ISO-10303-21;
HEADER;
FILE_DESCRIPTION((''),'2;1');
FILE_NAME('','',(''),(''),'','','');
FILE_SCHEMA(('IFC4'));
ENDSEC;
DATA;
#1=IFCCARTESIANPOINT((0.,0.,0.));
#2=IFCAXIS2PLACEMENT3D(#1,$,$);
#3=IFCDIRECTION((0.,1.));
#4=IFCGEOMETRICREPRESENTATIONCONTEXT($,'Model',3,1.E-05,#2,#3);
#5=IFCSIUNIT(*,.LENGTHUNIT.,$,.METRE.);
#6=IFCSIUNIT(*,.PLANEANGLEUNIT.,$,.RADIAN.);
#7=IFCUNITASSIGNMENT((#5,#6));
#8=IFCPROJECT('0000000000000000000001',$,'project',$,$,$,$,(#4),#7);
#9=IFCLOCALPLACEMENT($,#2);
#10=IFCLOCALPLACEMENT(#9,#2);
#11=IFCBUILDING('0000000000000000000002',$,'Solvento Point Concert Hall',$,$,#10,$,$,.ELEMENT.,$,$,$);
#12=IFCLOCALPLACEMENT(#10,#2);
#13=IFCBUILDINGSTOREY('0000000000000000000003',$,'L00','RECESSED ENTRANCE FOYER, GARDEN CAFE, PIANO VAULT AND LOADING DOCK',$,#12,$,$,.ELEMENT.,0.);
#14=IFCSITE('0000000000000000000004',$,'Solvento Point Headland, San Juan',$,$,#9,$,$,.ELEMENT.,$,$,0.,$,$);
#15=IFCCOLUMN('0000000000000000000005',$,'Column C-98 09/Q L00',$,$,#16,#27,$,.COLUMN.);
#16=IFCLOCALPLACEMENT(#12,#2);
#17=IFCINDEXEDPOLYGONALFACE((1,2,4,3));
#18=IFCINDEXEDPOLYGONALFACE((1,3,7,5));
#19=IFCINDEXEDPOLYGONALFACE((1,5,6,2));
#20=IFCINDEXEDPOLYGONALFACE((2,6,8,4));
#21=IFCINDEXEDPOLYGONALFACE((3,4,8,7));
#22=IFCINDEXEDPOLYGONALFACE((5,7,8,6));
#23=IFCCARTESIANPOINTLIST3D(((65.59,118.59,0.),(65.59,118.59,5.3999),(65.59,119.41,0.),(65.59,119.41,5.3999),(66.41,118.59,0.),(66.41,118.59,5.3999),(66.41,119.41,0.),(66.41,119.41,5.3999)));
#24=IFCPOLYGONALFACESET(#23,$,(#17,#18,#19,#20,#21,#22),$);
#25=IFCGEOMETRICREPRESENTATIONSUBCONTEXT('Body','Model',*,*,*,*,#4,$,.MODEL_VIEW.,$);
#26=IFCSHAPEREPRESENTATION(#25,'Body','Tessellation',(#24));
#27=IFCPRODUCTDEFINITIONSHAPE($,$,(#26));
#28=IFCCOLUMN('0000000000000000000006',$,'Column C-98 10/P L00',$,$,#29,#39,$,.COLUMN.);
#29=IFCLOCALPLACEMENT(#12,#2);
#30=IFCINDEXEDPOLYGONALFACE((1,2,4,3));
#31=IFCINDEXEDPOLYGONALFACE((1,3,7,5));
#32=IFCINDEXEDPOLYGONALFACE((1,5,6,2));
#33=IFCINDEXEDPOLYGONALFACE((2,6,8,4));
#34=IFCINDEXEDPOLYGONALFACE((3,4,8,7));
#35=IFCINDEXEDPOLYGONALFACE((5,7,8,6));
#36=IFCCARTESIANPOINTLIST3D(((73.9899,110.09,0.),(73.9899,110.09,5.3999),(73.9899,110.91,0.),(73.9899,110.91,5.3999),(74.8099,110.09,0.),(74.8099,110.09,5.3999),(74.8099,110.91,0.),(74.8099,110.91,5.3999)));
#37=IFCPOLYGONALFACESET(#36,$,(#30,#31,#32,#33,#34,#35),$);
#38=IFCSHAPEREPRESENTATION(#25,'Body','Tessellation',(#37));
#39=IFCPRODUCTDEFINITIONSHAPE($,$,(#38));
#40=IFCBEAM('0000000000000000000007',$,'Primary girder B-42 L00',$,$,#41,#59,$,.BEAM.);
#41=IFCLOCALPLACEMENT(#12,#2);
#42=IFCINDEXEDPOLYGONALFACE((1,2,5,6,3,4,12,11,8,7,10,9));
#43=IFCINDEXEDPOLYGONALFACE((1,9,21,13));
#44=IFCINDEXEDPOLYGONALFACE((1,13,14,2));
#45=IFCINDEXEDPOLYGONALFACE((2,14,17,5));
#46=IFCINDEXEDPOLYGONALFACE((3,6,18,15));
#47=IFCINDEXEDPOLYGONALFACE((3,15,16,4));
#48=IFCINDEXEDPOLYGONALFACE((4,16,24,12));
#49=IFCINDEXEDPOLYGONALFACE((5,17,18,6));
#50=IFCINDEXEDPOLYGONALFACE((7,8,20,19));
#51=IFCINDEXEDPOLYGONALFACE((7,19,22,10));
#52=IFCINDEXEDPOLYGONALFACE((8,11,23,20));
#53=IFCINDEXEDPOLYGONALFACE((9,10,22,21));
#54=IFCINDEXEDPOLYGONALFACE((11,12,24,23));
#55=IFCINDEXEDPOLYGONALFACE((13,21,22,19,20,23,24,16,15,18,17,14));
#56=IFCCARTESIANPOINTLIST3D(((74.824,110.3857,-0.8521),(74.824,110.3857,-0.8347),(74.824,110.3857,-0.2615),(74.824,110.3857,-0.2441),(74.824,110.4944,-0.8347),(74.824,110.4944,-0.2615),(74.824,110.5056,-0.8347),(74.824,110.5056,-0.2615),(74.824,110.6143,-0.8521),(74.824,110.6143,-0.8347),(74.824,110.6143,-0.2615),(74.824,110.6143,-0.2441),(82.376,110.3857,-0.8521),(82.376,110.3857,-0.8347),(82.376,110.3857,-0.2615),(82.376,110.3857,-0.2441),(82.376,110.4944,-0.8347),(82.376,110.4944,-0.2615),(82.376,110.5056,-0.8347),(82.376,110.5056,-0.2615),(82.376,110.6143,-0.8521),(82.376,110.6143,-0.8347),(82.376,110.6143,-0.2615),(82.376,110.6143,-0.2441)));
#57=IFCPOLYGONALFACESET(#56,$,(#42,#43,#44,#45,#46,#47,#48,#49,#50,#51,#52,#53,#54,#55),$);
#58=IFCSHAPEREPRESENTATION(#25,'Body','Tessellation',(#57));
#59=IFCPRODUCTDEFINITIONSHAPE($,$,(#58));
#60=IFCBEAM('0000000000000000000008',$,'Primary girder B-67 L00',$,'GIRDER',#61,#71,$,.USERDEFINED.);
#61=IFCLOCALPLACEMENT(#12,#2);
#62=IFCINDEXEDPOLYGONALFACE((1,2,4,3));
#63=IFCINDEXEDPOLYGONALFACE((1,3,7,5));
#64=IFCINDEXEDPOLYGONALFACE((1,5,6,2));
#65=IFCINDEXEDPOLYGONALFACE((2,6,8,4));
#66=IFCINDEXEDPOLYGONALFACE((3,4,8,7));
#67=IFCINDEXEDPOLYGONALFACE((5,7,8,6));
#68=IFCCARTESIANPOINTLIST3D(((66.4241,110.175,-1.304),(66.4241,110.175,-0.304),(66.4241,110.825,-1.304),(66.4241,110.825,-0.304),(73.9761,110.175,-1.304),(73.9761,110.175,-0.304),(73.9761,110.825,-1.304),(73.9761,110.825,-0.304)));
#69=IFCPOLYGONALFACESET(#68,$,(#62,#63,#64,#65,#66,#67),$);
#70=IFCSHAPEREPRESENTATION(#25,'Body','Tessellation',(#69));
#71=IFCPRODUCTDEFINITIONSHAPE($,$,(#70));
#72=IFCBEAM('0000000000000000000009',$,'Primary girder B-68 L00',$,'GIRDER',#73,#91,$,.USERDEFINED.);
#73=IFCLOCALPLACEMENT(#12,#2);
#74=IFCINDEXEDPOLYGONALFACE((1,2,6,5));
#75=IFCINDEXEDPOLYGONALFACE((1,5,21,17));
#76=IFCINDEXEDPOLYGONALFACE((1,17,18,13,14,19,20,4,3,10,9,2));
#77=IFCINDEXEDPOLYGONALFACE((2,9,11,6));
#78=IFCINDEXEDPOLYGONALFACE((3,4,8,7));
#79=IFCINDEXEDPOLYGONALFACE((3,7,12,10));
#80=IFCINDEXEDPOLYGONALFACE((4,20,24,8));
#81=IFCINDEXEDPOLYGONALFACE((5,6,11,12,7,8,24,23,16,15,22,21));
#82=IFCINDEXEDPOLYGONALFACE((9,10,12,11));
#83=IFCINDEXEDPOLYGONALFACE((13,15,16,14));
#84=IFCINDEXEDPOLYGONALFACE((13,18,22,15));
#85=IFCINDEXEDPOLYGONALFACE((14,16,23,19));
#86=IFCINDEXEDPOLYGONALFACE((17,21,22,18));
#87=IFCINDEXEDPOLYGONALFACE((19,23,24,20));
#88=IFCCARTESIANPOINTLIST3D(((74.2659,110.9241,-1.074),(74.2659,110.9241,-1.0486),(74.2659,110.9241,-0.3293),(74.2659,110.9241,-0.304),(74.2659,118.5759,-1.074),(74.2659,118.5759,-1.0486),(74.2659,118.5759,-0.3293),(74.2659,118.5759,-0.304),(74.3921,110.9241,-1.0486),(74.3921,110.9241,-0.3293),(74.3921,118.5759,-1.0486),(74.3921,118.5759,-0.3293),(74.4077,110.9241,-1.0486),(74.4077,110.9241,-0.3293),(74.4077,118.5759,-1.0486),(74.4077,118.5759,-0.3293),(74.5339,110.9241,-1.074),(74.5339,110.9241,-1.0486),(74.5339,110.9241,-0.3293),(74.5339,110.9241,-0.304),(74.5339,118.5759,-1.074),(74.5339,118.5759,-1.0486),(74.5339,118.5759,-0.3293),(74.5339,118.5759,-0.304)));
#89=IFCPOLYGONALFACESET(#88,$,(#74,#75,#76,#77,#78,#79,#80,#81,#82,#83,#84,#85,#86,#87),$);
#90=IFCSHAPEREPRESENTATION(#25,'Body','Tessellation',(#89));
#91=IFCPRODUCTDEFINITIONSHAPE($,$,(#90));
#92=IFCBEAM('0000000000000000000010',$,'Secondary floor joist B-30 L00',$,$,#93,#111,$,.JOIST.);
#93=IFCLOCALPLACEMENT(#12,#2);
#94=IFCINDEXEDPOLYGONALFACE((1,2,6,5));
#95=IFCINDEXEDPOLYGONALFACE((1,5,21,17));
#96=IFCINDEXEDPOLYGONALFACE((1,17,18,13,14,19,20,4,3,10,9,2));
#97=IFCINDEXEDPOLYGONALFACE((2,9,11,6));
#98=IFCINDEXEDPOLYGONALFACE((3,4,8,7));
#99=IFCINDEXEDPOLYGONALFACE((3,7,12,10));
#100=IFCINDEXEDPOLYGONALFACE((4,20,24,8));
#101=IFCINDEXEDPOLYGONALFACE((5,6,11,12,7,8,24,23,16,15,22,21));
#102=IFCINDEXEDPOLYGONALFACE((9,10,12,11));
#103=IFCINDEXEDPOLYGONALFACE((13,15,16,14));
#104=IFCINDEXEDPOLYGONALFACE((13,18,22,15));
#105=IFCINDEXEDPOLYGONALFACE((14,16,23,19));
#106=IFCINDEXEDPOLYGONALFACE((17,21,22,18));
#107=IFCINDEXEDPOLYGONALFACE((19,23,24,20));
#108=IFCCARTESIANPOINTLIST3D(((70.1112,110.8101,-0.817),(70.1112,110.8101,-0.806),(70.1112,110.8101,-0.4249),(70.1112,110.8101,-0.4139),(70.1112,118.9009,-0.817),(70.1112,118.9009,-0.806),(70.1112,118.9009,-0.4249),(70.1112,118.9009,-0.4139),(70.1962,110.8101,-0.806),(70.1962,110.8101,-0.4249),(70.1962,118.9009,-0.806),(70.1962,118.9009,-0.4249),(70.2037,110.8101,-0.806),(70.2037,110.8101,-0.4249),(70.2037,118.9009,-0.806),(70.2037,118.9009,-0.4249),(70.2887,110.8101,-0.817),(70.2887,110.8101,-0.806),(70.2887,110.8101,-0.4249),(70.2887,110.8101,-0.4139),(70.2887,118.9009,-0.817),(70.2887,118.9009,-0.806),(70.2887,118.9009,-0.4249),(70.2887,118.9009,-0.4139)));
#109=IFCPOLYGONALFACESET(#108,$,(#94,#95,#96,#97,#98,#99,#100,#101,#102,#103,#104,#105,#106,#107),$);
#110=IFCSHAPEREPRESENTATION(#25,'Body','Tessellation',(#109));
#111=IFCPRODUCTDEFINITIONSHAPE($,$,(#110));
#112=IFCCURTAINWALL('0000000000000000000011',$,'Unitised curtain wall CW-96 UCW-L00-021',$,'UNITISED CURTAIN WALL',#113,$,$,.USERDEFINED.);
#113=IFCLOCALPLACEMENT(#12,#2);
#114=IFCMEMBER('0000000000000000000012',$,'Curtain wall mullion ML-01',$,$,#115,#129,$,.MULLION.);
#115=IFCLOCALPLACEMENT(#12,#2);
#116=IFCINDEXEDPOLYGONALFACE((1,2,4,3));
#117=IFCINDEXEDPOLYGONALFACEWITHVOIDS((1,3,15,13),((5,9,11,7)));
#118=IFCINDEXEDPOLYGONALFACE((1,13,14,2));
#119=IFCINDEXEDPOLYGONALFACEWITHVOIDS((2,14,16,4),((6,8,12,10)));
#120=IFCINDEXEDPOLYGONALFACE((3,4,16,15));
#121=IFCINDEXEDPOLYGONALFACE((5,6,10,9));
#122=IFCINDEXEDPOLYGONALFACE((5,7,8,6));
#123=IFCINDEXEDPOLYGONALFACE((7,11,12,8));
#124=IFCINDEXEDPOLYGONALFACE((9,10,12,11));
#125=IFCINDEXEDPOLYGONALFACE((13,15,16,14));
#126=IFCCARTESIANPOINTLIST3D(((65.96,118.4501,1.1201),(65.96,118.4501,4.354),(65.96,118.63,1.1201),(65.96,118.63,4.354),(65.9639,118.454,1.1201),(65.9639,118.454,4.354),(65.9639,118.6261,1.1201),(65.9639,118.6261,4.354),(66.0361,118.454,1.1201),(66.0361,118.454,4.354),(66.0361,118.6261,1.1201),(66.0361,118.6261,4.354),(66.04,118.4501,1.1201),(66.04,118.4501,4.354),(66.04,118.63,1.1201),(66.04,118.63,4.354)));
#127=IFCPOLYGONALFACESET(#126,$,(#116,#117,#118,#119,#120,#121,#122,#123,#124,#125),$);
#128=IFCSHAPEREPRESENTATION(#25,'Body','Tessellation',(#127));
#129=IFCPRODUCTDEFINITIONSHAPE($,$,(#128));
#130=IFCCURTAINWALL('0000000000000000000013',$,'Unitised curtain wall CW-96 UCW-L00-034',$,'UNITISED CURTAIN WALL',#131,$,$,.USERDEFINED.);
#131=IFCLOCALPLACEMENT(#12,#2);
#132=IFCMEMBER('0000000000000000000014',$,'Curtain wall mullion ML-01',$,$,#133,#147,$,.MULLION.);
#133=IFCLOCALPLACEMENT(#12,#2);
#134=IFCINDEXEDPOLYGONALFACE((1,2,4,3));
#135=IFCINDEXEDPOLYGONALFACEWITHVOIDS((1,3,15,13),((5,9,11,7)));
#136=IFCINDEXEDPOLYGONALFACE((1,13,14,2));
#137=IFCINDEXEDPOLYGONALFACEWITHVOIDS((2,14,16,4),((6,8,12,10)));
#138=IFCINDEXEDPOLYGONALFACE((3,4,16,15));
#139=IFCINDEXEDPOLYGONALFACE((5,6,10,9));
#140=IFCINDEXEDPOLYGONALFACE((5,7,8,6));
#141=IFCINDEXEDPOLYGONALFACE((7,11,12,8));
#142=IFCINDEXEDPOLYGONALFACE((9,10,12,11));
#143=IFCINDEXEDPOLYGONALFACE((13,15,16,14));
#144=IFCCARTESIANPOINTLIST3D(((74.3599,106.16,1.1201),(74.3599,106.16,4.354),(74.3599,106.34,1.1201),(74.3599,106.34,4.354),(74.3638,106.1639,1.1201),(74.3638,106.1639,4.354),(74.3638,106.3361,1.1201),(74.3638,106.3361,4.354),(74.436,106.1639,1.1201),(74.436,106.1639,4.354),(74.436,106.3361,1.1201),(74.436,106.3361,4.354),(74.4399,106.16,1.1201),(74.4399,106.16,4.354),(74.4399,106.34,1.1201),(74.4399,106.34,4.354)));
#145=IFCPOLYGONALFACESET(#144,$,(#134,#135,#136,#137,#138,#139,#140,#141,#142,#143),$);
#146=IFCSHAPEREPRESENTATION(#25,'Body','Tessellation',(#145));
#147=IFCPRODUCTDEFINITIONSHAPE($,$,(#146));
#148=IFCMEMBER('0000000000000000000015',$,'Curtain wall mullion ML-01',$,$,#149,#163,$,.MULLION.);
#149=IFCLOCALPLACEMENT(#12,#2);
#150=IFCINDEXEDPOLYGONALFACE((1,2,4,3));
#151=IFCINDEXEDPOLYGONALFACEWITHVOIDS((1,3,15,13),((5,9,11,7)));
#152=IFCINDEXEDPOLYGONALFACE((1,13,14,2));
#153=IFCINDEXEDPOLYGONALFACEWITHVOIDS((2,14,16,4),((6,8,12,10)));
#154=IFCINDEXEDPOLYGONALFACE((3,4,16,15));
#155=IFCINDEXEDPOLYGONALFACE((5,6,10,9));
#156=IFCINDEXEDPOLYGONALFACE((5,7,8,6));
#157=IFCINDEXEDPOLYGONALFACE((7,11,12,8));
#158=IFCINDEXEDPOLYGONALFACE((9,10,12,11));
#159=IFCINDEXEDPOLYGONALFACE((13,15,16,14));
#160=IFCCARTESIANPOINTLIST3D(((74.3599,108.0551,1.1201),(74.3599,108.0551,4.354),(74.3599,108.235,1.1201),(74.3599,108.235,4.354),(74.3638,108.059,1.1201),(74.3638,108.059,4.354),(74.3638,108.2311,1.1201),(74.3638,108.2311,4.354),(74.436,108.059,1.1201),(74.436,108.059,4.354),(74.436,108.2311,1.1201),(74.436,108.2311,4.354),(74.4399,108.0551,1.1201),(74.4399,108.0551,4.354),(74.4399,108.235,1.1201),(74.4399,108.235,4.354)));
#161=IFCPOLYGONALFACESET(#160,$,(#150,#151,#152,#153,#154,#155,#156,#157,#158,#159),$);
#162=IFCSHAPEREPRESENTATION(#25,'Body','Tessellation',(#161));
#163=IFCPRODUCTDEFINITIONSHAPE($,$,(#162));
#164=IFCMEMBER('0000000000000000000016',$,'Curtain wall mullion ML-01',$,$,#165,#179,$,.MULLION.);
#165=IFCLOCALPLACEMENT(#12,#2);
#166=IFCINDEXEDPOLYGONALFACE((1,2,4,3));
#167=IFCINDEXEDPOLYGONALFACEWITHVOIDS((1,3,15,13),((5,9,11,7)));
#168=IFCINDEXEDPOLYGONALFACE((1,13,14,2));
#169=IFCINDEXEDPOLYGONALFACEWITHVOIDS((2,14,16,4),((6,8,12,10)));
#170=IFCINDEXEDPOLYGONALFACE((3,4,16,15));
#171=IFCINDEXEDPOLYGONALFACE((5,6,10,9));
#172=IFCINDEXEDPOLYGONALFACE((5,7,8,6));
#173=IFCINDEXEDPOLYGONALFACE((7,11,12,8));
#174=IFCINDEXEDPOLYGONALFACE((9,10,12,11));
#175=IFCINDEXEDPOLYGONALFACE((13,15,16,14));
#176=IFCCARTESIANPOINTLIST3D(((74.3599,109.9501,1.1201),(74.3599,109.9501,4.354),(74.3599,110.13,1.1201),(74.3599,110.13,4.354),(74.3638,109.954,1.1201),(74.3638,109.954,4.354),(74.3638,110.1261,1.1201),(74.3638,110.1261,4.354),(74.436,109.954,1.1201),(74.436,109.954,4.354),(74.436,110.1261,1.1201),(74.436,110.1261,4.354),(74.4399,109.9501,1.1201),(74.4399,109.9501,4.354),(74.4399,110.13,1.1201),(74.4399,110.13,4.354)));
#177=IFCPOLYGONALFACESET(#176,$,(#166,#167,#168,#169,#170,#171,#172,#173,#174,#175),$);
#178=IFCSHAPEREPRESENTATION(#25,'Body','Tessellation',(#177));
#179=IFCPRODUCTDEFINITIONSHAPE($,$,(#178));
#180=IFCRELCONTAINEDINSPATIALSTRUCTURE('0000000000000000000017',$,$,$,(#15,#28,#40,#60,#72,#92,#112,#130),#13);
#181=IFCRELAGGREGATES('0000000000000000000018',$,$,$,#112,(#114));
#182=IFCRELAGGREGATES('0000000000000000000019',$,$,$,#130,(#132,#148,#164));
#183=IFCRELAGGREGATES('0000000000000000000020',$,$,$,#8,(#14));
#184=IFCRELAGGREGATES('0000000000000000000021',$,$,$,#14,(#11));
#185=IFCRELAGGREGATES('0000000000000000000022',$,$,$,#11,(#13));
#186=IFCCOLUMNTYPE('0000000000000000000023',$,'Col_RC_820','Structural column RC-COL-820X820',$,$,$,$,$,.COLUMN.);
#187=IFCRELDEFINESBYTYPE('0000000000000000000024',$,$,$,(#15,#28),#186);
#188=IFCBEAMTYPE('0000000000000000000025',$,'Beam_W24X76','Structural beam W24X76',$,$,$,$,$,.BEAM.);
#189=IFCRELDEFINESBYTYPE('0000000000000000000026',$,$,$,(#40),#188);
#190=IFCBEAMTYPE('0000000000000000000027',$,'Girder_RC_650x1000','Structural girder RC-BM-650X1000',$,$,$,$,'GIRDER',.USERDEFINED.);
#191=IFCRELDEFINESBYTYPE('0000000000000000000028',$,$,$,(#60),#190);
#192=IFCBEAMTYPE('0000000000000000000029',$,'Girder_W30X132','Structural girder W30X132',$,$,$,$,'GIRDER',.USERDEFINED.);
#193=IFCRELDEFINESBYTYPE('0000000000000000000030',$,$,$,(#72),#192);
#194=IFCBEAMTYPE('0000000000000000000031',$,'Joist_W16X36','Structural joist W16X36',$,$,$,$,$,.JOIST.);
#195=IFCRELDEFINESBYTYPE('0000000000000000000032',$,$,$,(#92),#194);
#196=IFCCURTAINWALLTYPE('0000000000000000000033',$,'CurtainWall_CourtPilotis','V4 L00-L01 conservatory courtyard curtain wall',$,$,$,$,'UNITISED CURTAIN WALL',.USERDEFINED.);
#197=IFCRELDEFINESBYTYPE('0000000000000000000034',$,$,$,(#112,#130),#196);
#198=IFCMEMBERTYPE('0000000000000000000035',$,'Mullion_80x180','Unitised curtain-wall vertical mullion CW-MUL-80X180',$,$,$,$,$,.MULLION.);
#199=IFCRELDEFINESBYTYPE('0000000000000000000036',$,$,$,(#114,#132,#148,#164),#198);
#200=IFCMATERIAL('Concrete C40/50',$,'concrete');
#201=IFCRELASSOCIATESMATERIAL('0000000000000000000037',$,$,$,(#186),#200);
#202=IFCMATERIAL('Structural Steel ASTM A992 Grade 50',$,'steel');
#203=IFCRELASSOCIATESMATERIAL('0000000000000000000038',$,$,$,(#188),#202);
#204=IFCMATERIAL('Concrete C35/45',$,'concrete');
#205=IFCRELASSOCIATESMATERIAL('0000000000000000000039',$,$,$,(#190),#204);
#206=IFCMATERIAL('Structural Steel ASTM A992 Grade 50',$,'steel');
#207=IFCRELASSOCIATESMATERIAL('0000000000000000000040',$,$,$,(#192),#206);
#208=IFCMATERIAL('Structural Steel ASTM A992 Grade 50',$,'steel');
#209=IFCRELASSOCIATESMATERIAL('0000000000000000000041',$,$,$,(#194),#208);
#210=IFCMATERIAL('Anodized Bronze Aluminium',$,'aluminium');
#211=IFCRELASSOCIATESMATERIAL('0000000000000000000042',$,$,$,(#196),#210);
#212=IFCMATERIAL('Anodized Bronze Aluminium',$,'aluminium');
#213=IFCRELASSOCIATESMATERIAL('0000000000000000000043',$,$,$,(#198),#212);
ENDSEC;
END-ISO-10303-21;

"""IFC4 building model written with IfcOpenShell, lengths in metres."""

from ifc_helpers import new_model, si_unit, direction, frame, origin, origin_2d, place, context, subcontext, project, spatial, rectangle, hollow_rectangle, i_section, extrude, material, material_profile, profile_set, type_object, element, aggregate, save


model = new_model("IFC4")

# Units and contexts
model_context = context("Model", 3, precision=1e-05, world=origin(), true_north=direction((0.0, 1.0)))
body_context = subcontext(model_context, "Body", "Model", "MODEL_VIEW")
ifc_project = project(units=[si_unit("LENGTHUNIT", "METRE"), si_unit("PLANEANGLEUNIT", "RADIAN")], contexts=[model_context])

# Site, building, storey
site_placement = place(None, origin())
site = spatial("IfcSite", under=ifc_project, at=site_placement, Name="Solvento Point Headland, San Juan", CompositionType="ELEMENT", RefElevation=0.0)
building_placement = place(site_placement, origin())
building = spatial("IfcBuilding", under=site, at=building_placement, Name="Solvento Point Concert Hall", CompositionType="ELEMENT")
storey_placement = place(building_placement, origin())
storey = spatial("IfcBuildingStorey", under=building, at=storey_placement, Name="L00", Description="RECESSED ENTRANCE FOYER, GARDEN CAFE, PIANO VAULT AND LOADING DOCK", CompositionType="ELEMENT", Elevation=0.0)

# Columns
ifc_material_1 = material(Name="Concrete C40/50", Category="concrete")
ifc_material_profile_1 = material_profile(ifc_material_1, rectangle(XDim=0.8201, YDim=0.8201, at=origin_2d()), Name="RC-COL-820X820")
ifc_profile_set_1 = profile_set([ifc_material_profile_1], Name="Concrete C40/50")
column_type = type_object("IfcColumnType", Name="Col_RC_820", Description="Structural column RC-COL-820X820", PredefinedType="COLUMN", material=ifc_profile_set_1)
for number, where, z_axis, x_axis, name in (
    (1, (66.0, 119.0, 0.0), (0.0, 0.0, 1.0), (1.0, 0.0, 0.0), "Column C-98 09/Q L00"),
    (2, (74.3999, 110.5, 0.0), (0.0, 0.0, 1.0), (1.0, 0.0, 0.0), "Column C-98 10/P L00"),
):
    element("IfcColumn", number, at=place(storey_placement, frame(where, z_axis=z_axis, x_axis=x_axis)), inside=storey, type_object=column_type, Name=name, PredefinedType="COLUMN", context=body_context, shape_type="SweptSolid", body=[
        extrude(rectangle(XDim=0.8201, YDim=0.8201, at=origin_2d()), origin(), (0.0, 0.0, 1.0), 5.3999),
    ])

# Beams
ifc_material_2 = material(Name="Structural Steel ASTM A992 Grade 50", Category="steel")
ifc_material_profile_2 = material_profile(ifc_material_2, i_section(OverallWidth=0.2285, OverallDepth=0.6079, WebThickness=0.0112, FlangeThickness=0.0173, at=origin_2d()), Name="W24X76")
ifc_profile_set_2 = profile_set([ifc_material_profile_2], Name="Structural Steel ASTM A992 Grade 50")
beam_type_1 = type_object("IfcBeamType", Name="Beam_W24X76", Description="Structural beam W24X76", PredefinedType="BEAM", material=ifc_profile_set_2)
beam_1_placement = place(storey_placement, frame((74.824, 110.5, -0.5481), z_axis=(1.0, 0.0, 0.0), x_axis=(0.0, 1.0, 0.0)))
element("IfcBeam", 3, at=beam_1_placement, inside=storey, type_object=beam_type_1, Name="Primary girder B-42 L00", PredefinedType="BEAM", context=body_context, shape_type="SweptSolid", body=[
    extrude(i_section(OverallWidth=0.2285, OverallDepth=0.6079, WebThickness=0.0112, FlangeThickness=0.0173, at=origin_2d()), origin(), (0.0, 0.0, 1.0), 7.552),
])
ifc_material_3 = material(Name="Concrete C35/45", Category="concrete")
ifc_material_profile_3 = material_profile(ifc_material_3, rectangle(XDim=0.6499, YDim=1.0, at=origin_2d()), Name="RC-BM-650X1000")
ifc_profile_set_3 = profile_set([ifc_material_profile_3], Name="Concrete C35/45")
beam_type_2 = type_object("IfcBeamType", Name="Girder_RC_650x1000", Description="Structural girder RC-BM-650X1000", ElementType="GIRDER", PredefinedType="USERDEFINED", material=ifc_profile_set_3)
beam_2_placement = place(storey_placement, frame((66.4241, 110.5, -0.804), z_axis=(1.0, 0.0, 0.0), x_axis=(0.0, 1.0, 0.0)))
element("IfcBeam", 4, at=beam_2_placement, inside=storey, type_object=beam_type_2, Name="Primary girder B-67 L00", ObjectType="GIRDER", PredefinedType="USERDEFINED", context=body_context, shape_type="SweptSolid", body=[
    extrude(rectangle(XDim=0.6499, YDim=1.0, at=origin_2d()), origin(), (0.0, 0.0, 1.0), 7.552),
])
ifc_material_4 = material(Name="Structural Steel ASTM A992 Grade 50", Category="steel")
ifc_material_profile_4 = material_profile(ifc_material_4, i_section(OverallWidth=0.2681, OverallDepth=0.77, WebThickness=0.0156, FlangeThickness=0.0254, at=origin_2d()), Name="W30X132")
ifc_profile_set_4 = profile_set([ifc_material_profile_4], Name="Structural Steel ASTM A992 Grade 50")
beam_type_3 = type_object("IfcBeamType", Name="Girder_W30X132", Description="Structural girder W30X132", ElementType="GIRDER", PredefinedType="USERDEFINED", material=ifc_profile_set_4)
beam_3_placement = place(storey_placement, frame((74.3999, 110.9241, -0.689), z_axis=(0.0, 1.0, 0.0), x_axis=(-1.0, 0.0, 0.0)))
element("IfcBeam", 5, at=beam_3_placement, inside=storey, type_object=beam_type_3, Name="Primary girder B-68 L00", ObjectType="GIRDER", PredefinedType="USERDEFINED", context=body_context, shape_type="SweptSolid", body=[
    extrude(i_section(OverallWidth=0.2681, OverallDepth=0.77, WebThickness=0.0156, FlangeThickness=0.0254, at=origin_2d()), origin(), (0.0, 0.0, 1.0), 7.6519),
])
ifc_material_5 = material(Name="Structural Steel ASTM A992 Grade 50", Category="steel")
ifc_material_profile_5 = material_profile(ifc_material_5, i_section(OverallWidth=0.1775, OverallDepth=0.4031, WebThickness=0.0076, FlangeThickness=0.011, at=origin_2d()), Name="W16X36")
ifc_profile_set_5 = profile_set([ifc_material_profile_5], Name="Structural Steel ASTM A992 Grade 50")
beam_type_4 = type_object("IfcBeamType", Name="Joist_W16X36", Description="Structural joist W16X36", PredefinedType="JOIST", material=ifc_profile_set_5)
beam_4_placement = place(storey_placement, frame((70.2, 110.8101, -0.6155), z_axis=(0.0, 1.0, 0.0), x_axis=(-1.0, 0.0, 0.0)))
element("IfcBeam", 6, at=beam_4_placement, inside=storey, type_object=beam_type_4, Name="Secondary floor joist B-30 L00", PredefinedType="JOIST", context=body_context, shape_type="SweptSolid", body=[
    extrude(i_section(OverallWidth=0.1775, OverallDepth=0.4031, WebThickness=0.0076, FlangeThickness=0.011, at=origin_2d()), origin(), (0.0, 0.0, 1.0), 8.0908),
])

# Curtain wall, member
ifc_material_6 = material(Name="Anodized Bronze Aluminium", Category="aluminium")
curtain_wall_type = type_object("IfcCurtainWallType", Name="CurtainWall_CourtPilotis", Description="V4 L00-L01 conservatory courtyard curtain wall", ElementType="UNITISED CURTAIN WALL", PredefinedType="USERDEFINED", material=ifc_material_6)
curtain_wall_1_placement = place(storey_placement, origin())
curtain_wall_1 = element("IfcCurtainWall", 7, at=curtain_wall_1_placement, inside=storey, type_object=curtain_wall_type, Name="Unitised curtain wall CW-96 UCW-L00-021", ObjectType="UNITISED CURTAIN WALL", PredefinedType="USERDEFINED")
ifc_material_7 = material(Name="Anodized Bronze Aluminium", Category="aluminium")
ifc_material_profile_6 = material_profile(ifc_material_7, hollow_rectangle(XDim=0.0801, YDim=0.1799, WallThickness=0.0039, at=origin_2d()), Name="CW-MUL-80X180")
ifc_profile_set_6 = profile_set([ifc_material_profile_6], Name="Anodized Bronze Aluminium")
member_type_1 = type_object("IfcMemberType", Name="Mullion_80x180", Description="Unitised curtain-wall vertical mullion CW-MUL-80X180", PredefinedType="MULLION", material=ifc_profile_set_6)
member_1_placement = place(storey_placement, frame((66.0, 118.54, 1.1201), z_axis=(0.0, 0.0, 1.0), x_axis=(1.0, 0.0, 0.0)))
member_1 = element("IfcMember", 8, at=member_1_placement, type_object=member_type_1, Name="Curtain wall mullion ML-01", PredefinedType="MULLION", context=body_context, shape_type="SweptSolid", body=[
    extrude(hollow_rectangle(XDim=0.0801, YDim=0.1799, WallThickness=0.0039, at=origin_2d()), origin(), (0.0, 0.0, 1.0), 3.2339),
])

# Curtain wall, members
curtain_wall_2_placement = place(storey_placement, origin())
curtain_wall_2 = element("IfcCurtainWall", 9, at=curtain_wall_2_placement, inside=storey, type_object=curtain_wall_type, Name="Unitised curtain wall CW-96 UCW-L00-034", ObjectType="UNITISED CURTAIN WALL", PredefinedType="USERDEFINED")
member_2_placement = place(storey_placement, frame((74.3999, 106.25, 1.1201), z_axis=(0.0, 0.0, 1.0), x_axis=(1.0, 0.0, 0.0)))
member_2 = element("IfcMember", 10, at=member_2_placement, type_object=member_type_1, Name="Curtain wall mullion ML-01", PredefinedType="MULLION", context=body_context, shape_type="SweptSolid", body=[
    extrude(hollow_rectangle(XDim=0.0801, YDim=0.1799, WallThickness=0.0039, at=origin_2d()), origin(), (0.0, 0.0, 1.0), 3.2339),
])
member_3_placement = place(storey_placement, frame((74.3999, 108.145, 1.1201), z_axis=(0.0, 0.0, 1.0), x_axis=(1.0, 0.0, 0.0)))
member_3 = element("IfcMember", 11, at=member_3_placement, type_object=member_type_1, Name="Curtain wall mullion ML-01", PredefinedType="MULLION", context=body_context, shape_type="SweptSolid", body=[
    extrude(hollow_rectangle(XDim=0.0801, YDim=0.1799, WallThickness=0.0039, at=origin_2d()), origin(), (0.0, 0.0, 1.0), 3.2339),
])
member_4_placement = place(storey_placement, frame((74.3999, 110.04, 1.1201), z_axis=(0.0, 0.0, 1.0), x_axis=(1.0, 0.0, 0.0)))
member_4 = element("IfcMember", 12, at=member_4_placement, type_object=member_type_1, Name="Curtain wall mullion ML-01", PredefinedType="MULLION", context=body_context, shape_type="SweptSolid", body=[
    extrude(hollow_rectangle(XDim=0.0801, YDim=0.1799, WallThickness=0.0039, at=origin_2d()), origin(), (0.0, 0.0, 1.0), 3.2339),
])

aggregate(curtain_wall_1, [member_1])
aggregate(curtain_wall_2, [member_2, member_3, member_4])

save(model, "model.ifc")
